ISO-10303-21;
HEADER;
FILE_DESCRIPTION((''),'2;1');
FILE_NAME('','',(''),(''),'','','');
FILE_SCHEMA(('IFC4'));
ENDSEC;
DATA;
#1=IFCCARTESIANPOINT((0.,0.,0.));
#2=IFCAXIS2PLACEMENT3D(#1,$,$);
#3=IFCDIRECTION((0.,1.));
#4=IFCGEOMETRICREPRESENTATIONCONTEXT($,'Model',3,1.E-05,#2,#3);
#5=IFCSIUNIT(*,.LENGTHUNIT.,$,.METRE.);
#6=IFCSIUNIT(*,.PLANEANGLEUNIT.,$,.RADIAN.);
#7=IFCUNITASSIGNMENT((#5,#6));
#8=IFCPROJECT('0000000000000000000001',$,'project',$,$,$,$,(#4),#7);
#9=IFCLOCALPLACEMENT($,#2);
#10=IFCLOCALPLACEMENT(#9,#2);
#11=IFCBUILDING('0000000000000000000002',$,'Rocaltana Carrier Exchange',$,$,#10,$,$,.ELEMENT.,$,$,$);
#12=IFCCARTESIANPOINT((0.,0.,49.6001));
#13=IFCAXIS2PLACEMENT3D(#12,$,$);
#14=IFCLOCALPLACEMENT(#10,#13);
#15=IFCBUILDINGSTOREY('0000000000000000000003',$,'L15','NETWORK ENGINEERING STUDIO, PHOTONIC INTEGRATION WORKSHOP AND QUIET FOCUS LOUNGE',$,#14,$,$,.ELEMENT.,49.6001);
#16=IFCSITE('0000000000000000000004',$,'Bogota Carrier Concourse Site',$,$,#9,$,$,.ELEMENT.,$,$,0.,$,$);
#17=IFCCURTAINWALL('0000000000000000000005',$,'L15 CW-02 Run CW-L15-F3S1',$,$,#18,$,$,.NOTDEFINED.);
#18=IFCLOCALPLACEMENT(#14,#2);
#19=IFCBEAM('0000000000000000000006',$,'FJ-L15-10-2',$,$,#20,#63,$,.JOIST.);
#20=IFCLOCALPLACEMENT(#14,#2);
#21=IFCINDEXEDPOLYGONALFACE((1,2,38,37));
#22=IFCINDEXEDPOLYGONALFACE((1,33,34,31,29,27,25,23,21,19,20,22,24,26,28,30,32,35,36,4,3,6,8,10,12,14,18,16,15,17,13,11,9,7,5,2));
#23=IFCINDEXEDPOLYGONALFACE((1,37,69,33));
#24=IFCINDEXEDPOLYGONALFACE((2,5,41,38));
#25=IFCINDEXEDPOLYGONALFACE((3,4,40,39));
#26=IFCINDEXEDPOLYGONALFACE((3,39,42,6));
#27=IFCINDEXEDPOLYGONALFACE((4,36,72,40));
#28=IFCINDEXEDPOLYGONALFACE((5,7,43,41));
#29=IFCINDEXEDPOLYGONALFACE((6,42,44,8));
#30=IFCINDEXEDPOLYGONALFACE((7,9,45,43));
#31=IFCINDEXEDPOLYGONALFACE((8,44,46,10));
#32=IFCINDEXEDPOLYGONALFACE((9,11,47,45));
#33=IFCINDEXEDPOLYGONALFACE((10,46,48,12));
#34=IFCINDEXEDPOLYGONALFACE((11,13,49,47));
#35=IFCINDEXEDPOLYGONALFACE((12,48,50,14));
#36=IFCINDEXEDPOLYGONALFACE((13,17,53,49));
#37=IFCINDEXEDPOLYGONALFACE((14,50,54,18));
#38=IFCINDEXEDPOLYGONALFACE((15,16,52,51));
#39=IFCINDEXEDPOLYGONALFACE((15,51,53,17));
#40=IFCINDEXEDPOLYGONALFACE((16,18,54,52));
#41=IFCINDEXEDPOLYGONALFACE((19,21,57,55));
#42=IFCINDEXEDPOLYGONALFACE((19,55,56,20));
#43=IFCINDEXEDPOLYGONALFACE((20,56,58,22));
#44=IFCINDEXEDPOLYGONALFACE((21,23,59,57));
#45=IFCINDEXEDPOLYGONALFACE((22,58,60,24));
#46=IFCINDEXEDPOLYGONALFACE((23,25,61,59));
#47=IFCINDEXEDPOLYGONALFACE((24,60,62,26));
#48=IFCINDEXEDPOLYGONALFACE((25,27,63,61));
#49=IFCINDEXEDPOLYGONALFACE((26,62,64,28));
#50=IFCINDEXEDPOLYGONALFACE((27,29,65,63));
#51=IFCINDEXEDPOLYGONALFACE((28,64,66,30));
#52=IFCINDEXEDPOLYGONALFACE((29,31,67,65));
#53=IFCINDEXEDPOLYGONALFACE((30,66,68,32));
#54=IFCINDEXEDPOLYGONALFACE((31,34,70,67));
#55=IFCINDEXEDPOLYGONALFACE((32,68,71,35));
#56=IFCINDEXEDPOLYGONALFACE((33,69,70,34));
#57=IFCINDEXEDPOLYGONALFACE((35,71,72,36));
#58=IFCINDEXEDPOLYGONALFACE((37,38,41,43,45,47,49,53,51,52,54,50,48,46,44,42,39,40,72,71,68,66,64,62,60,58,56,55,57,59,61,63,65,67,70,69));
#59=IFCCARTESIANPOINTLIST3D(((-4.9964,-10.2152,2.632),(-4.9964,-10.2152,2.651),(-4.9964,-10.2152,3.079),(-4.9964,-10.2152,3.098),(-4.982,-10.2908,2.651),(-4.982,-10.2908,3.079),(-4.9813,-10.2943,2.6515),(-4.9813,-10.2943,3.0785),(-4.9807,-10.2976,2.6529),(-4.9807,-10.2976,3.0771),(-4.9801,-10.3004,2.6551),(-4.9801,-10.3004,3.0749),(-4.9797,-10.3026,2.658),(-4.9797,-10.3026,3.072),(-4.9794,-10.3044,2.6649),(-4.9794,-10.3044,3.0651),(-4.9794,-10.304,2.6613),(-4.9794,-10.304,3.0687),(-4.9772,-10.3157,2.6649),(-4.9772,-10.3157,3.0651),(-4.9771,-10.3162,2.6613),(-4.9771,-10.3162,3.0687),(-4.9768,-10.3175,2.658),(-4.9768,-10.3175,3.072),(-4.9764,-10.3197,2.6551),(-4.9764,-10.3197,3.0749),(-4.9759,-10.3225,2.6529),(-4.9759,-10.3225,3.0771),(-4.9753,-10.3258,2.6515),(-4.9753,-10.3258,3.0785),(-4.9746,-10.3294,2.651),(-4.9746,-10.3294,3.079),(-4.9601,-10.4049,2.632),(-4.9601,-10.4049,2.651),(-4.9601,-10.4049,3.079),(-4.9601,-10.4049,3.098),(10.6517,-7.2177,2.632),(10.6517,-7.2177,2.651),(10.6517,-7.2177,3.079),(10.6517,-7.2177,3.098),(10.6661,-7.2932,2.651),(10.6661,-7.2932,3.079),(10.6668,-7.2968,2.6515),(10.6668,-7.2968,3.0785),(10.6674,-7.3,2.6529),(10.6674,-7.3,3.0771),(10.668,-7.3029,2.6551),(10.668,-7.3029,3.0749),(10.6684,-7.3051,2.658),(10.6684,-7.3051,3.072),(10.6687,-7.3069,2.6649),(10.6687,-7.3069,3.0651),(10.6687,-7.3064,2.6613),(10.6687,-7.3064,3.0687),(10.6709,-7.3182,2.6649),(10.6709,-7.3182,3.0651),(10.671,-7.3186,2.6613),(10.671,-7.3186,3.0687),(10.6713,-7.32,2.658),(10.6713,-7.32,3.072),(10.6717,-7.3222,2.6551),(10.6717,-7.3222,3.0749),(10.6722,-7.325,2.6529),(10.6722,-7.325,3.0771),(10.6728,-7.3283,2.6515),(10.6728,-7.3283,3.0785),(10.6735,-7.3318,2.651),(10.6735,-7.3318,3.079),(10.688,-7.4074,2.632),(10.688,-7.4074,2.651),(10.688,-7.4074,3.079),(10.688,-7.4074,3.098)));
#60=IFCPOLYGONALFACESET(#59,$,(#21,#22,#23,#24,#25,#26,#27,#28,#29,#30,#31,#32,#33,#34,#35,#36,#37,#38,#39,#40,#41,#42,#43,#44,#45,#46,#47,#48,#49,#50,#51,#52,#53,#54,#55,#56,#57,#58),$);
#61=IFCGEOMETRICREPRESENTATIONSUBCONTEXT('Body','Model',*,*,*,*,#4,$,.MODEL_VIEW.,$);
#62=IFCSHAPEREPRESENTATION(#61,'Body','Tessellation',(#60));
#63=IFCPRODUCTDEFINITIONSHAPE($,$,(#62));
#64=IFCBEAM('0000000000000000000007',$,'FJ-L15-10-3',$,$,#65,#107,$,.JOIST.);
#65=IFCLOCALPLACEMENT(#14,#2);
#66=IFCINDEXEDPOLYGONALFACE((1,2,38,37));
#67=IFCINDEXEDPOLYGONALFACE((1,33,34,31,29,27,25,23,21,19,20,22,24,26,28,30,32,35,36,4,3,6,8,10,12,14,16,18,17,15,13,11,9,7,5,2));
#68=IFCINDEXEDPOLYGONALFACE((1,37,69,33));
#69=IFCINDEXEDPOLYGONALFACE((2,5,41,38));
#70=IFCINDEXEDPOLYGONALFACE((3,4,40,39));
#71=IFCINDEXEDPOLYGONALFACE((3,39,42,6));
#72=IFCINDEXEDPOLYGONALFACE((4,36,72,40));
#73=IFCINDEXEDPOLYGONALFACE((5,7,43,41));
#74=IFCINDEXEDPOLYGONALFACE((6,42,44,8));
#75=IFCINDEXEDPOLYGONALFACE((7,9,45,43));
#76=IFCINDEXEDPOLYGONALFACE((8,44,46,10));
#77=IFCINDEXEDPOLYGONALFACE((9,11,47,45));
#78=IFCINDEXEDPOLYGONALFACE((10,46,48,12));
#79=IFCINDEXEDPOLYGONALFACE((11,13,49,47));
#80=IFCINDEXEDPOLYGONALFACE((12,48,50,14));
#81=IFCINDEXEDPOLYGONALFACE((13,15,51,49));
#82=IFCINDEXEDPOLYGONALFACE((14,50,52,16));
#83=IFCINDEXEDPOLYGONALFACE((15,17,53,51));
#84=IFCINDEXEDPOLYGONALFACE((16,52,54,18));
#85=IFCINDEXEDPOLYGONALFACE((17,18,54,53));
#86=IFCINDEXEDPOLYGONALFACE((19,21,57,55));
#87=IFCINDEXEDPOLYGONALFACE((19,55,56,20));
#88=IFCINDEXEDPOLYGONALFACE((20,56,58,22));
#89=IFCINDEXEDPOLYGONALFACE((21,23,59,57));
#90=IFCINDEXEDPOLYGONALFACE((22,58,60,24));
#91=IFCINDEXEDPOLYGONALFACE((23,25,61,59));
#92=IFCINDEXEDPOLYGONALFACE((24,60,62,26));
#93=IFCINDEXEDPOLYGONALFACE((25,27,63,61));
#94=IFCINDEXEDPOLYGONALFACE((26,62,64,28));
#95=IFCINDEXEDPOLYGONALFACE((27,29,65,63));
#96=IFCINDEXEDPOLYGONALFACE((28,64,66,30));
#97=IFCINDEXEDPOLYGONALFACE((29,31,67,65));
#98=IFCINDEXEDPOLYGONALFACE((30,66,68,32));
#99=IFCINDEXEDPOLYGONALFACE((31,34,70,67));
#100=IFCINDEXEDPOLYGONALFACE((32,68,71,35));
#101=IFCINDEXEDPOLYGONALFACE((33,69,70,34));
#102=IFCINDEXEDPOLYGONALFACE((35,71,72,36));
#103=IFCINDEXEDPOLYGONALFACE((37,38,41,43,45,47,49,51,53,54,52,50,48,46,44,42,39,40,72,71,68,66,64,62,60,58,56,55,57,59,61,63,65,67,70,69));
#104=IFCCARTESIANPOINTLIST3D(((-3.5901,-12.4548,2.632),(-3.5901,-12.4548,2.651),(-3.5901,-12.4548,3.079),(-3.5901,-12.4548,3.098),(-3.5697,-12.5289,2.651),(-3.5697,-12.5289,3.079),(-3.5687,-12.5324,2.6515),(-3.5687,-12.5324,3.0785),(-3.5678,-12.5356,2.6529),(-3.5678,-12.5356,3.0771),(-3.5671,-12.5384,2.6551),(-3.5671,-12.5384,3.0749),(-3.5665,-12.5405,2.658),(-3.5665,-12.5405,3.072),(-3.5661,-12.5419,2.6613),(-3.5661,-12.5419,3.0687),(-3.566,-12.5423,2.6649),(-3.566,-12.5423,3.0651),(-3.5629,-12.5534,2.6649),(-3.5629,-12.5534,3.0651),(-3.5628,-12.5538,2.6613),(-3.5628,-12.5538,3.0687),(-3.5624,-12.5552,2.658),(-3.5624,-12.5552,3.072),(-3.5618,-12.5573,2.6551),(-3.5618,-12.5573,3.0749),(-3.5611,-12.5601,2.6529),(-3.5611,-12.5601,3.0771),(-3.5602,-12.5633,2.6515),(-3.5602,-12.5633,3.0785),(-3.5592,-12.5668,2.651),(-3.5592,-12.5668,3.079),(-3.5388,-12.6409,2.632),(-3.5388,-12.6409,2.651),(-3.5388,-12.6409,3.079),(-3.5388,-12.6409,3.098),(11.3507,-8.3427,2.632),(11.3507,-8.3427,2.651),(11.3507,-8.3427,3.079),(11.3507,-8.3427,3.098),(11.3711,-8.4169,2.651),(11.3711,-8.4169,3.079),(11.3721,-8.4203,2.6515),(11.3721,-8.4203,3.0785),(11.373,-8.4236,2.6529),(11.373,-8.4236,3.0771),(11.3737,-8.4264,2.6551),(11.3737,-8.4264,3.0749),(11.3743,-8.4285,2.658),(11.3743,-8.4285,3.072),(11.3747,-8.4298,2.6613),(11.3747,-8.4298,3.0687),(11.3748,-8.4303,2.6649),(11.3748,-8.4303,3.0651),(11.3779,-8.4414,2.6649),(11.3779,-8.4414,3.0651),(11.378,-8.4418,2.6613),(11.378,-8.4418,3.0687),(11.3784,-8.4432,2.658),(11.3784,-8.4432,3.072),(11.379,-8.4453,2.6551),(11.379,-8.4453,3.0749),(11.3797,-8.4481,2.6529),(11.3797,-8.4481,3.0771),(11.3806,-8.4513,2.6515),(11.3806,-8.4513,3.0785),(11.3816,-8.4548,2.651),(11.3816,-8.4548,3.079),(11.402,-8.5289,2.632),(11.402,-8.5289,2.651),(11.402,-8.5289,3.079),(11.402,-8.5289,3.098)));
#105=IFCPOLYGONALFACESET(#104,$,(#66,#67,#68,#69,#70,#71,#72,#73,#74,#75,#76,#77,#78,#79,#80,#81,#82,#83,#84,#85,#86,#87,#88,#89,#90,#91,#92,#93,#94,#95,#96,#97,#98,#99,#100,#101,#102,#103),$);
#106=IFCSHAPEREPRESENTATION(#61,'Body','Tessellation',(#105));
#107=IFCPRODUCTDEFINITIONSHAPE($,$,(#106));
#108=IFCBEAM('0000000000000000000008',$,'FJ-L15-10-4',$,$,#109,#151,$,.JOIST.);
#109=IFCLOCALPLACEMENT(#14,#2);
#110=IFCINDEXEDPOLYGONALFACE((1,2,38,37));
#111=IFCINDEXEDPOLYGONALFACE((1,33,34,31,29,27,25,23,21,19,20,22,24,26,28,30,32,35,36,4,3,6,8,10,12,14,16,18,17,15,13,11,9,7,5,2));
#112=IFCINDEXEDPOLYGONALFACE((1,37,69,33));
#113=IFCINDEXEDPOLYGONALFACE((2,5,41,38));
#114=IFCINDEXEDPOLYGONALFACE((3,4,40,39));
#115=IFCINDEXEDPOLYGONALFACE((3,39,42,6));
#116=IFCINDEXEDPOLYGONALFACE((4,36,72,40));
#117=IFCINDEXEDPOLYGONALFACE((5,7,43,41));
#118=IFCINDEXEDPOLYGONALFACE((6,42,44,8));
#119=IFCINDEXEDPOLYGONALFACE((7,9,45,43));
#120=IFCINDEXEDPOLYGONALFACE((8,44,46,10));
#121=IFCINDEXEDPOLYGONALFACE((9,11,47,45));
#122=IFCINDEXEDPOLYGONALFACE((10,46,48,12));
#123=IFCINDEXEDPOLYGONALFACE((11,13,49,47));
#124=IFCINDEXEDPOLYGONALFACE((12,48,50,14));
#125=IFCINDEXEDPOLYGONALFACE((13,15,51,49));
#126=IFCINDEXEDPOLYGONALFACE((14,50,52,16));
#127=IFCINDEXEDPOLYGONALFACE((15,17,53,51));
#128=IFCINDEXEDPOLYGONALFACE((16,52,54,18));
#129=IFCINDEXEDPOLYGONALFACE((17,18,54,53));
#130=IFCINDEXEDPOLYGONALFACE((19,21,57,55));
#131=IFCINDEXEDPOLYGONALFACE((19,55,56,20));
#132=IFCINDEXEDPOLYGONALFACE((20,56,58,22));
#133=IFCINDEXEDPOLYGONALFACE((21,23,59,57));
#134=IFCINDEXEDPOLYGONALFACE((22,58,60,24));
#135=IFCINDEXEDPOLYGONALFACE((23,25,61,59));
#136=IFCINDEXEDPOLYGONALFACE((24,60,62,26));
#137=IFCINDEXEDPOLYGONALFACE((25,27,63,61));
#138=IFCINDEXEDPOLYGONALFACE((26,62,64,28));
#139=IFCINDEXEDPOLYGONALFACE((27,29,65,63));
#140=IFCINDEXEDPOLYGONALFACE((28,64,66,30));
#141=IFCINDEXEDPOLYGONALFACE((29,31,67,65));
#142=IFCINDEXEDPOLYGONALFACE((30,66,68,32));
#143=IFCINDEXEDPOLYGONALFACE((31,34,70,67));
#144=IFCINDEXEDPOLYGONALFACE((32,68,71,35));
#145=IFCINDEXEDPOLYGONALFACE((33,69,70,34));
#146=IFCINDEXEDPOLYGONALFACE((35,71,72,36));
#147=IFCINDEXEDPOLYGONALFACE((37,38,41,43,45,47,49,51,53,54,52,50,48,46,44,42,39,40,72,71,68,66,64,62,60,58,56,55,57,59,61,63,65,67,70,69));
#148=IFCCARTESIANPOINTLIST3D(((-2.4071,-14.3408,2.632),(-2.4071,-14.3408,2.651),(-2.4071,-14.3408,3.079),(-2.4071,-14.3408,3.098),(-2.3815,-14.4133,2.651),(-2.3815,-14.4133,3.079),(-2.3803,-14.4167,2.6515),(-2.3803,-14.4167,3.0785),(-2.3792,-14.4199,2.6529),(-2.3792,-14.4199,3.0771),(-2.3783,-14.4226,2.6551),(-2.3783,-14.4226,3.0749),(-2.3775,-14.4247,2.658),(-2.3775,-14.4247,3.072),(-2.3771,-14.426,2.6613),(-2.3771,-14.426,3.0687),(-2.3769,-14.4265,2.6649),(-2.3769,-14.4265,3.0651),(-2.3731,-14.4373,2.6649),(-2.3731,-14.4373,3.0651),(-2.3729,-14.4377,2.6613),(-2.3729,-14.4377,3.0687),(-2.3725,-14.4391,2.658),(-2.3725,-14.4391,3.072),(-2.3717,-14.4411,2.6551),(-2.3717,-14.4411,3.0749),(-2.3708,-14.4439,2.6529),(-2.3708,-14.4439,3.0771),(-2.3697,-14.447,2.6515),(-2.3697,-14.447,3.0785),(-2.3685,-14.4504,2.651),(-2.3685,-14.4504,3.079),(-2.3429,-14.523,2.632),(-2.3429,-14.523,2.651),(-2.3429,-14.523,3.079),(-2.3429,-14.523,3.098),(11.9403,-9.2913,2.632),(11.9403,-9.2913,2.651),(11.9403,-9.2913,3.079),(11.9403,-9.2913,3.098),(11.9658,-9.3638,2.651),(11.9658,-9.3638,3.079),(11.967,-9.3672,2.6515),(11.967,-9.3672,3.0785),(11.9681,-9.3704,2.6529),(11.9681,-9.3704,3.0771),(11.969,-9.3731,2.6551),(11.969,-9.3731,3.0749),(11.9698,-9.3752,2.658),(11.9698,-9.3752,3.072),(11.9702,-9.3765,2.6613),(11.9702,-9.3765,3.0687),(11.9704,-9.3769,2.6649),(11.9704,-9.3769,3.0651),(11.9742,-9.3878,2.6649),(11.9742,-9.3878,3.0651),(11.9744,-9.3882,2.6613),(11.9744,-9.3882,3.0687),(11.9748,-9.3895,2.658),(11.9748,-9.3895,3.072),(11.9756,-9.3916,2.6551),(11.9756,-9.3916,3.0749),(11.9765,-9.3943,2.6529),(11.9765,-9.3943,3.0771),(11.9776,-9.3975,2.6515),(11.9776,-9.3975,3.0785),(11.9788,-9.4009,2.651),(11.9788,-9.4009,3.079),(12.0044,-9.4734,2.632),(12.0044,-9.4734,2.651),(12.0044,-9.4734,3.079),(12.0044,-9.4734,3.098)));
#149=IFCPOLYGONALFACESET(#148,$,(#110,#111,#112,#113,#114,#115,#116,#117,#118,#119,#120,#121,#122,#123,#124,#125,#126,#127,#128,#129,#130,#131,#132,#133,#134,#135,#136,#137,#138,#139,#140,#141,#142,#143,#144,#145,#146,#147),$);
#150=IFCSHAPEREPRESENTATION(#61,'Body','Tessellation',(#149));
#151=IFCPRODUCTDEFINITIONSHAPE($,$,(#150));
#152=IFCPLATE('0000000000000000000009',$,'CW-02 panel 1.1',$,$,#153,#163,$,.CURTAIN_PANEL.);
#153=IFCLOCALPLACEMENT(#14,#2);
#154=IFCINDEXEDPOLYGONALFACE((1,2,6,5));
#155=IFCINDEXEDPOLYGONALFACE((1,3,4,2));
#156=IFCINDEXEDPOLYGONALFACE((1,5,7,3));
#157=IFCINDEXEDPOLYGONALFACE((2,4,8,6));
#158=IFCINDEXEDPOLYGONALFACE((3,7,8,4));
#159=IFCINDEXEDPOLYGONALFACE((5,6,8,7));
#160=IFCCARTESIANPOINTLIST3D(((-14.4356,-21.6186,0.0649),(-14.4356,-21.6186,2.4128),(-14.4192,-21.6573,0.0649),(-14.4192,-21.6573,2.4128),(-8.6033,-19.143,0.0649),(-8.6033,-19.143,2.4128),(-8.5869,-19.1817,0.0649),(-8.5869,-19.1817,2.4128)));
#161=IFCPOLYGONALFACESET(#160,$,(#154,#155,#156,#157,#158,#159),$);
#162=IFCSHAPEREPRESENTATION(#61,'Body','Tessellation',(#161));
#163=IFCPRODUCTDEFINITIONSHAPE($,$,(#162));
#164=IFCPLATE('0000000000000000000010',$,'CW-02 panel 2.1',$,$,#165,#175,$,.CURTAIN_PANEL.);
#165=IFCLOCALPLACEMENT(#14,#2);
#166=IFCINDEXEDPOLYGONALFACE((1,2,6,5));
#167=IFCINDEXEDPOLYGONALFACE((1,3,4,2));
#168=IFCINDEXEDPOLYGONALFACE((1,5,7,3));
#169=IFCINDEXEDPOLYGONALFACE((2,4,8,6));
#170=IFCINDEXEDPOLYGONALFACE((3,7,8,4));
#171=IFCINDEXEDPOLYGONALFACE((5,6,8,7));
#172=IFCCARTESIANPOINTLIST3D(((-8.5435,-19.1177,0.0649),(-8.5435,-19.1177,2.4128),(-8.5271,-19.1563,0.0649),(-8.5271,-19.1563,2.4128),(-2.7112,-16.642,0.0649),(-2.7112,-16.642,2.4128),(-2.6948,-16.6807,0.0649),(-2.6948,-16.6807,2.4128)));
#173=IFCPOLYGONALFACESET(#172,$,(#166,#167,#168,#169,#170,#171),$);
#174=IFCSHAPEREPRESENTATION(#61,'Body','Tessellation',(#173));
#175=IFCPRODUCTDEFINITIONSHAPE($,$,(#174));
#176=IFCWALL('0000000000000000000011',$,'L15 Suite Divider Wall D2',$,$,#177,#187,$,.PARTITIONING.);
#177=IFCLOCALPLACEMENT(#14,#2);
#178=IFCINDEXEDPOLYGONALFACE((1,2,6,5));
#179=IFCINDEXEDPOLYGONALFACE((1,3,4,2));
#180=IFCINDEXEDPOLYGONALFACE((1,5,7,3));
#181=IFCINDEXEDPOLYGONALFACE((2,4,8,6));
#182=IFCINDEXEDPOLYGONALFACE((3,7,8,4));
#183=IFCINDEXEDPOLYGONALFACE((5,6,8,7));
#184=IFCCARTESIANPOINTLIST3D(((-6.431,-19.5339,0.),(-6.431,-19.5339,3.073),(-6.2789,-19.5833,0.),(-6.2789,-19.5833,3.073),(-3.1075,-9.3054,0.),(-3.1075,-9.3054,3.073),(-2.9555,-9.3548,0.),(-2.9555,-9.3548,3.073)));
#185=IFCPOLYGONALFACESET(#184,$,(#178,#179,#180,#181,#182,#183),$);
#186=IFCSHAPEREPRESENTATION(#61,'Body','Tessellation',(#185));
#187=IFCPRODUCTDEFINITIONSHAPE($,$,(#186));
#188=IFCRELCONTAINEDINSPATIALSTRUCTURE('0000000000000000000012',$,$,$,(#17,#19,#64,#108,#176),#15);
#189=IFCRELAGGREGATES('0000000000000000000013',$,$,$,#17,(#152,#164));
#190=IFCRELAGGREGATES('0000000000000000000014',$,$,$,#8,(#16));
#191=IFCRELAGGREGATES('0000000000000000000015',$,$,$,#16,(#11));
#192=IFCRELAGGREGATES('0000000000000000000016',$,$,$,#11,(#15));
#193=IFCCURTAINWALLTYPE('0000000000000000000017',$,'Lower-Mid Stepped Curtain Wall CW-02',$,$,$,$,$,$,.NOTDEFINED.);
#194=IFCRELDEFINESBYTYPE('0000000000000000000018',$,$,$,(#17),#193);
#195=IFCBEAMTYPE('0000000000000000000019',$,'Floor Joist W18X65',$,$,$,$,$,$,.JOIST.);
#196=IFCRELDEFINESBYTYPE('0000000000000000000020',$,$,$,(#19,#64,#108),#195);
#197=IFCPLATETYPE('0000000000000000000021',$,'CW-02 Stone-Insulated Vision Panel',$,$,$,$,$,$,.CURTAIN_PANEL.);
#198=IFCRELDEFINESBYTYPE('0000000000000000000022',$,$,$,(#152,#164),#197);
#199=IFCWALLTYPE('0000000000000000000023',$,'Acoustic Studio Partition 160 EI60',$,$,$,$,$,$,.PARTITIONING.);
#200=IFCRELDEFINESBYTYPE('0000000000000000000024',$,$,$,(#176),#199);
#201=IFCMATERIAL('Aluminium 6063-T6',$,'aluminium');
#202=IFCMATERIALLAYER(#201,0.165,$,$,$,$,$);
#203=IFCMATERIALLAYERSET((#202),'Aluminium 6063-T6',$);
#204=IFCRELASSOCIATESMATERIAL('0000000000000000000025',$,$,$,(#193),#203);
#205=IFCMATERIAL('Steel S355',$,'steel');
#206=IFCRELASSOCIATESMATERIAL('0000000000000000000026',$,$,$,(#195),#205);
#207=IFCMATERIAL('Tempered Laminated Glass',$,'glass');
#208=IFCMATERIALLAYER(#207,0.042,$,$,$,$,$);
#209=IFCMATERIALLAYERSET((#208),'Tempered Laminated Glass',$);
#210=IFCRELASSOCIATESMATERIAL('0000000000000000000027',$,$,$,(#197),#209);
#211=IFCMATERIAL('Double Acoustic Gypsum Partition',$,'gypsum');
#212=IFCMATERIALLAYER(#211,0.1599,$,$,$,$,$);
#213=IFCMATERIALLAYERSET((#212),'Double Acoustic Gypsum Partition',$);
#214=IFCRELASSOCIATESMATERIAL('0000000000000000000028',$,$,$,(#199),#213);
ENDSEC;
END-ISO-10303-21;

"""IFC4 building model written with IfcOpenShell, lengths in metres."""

from ifc_helpers import new_model, si_unit, direction, frame, frame_2d, origin, origin_2d, place, context, subcontext, project, spatial, rectangle, i_section, extrude, material, layer, layer_set, material_profile, profile_set, type_object, element, aggregate, save


model = new_model("IFC4")

# Units and contexts
model_context = context("Model", 3, precision=1e-05, world=origin(), true_north=direction((0.0, 1.0)))
body_context = subcontext(model_context, "Body", "Model", "MODEL_VIEW")
ifc_project = project(units=[si_unit("LENGTHUNIT", "METRE"), si_unit("PLANEANGLEUNIT", "RADIAN")], contexts=[model_context])

# Site, building, storey
site_placement = place(None, origin())
site = spatial("IfcSite", under=ifc_project, at=site_placement, Name="Bogota Carrier Concourse Site", CompositionType="ELEMENT", RefElevation=0.0)
building_placement = place(site_placement, origin())
building = spatial("IfcBuilding", under=site, at=building_placement, Name="Rocaltana Carrier Exchange", CompositionType="ELEMENT")
storey_placement = place(building_placement, frame((0.0, 0.0, 49.6001)))
storey = spatial("IfcBuildingStorey", under=building, at=storey_placement, Name="L15", Description="NETWORK ENGINEERING STUDIO, PHOTONIC INTEGRATION WORKSHOP AND QUIET FOCUS LOUNGE", CompositionType="ELEMENT", Elevation=49.6001)

# Curtain wall
ifc_material_1 = material(Name="Aluminium 6063-T6", Category="aluminium")
ifc_layer_1 = layer(ifc_material_1, 0.165)
ifc_layer_set_1 = layer_set([ifc_layer_1], Name="Aluminium 6063-T6")
curtain_wall_type = type_object("IfcCurtainWallType", Name="Lower-Mid Stepped Curtain Wall CW-02", PredefinedType="NOTDEFINED", material=ifc_layer_set_1)
curtain_wall_placement = place(storey_placement, origin())
curtain_wall = element("IfcCurtainWall", 1, at=curtain_wall_placement, inside=storey, type_object=curtain_wall_type, Name="L15 CW-02 Run CW-L15-F3S1", PredefinedType="NOTDEFINED")

# Beams
ifc_material_2 = material(Name="Steel S355", Category="steel")
ifc_material_profile_1 = material_profile(ifc_material_2, i_section(OverallWidth=0.1931, OverallDepth=0.4661, WebThickness=0.0115, FlangeThickness=0.019, FilletRadius=0.0139, at=origin_2d()), Name="W18X65")
ifc_profile_set_1 = profile_set([ifc_material_profile_1], Name="Steel S355")
beam_type = type_object("IfcBeamType", Name="Floor Joist W18X65", PredefinedType="JOIST", material=ifc_profile_set_1)
beam_1_placement = place(storey_placement, frame((-4.9783, -10.3101, 2.865), z_axis=(0.982142, 0.188139, 0.0), x_axis=(-0.188139, 0.982142, 0.0)))
element("IfcBeam", 2, at=beam_1_placement, inside=storey, type_object=beam_type, Name="FJ-L15-10-2", PredefinedType="JOIST", context=body_context, shape_type="SweptSolid", body=[
    extrude(i_section(OverallWidth=0.1931, OverallDepth=0.4661, WebThickness=0.0115, FlangeThickness=0.019, FilletRadius=0.0139, at=origin_2d()), origin(), (0.0, 0.0, 1.0), 15.9326),
])
beam_2_placement = place(storey_placement, frame((-3.5645, -12.5479, 2.865), z_axis=(0.964151, 0.265355, 0.0), x_axis=(-0.265355, 0.964151, 0.0)))
element("IfcBeam", 3, at=beam_2_placement, inside=storey, type_object=beam_type, Name="FJ-L15-10-3", PredefinedType="JOIST", context=body_context, shape_type="SweptSolid", body=[
    extrude(i_section(OverallWidth=0.1931, OverallDepth=0.4661, WebThickness=0.0115, FlangeThickness=0.019, FilletRadius=0.0139, at=origin_2d()), origin(), (0.0, 0.0, 1.0), 15.4963),
])
beam_3_placement = place(storey_placement, frame((-2.375, -14.4319, 2.865), z_axis=(0.943284, 0.331988, 0.0), x_axis=(-0.331988, 0.943284, 0.0)))
element("IfcBeam", 4, at=beam_3_placement, inside=storey, type_object=beam_type, Name="FJ-L15-10-4", PredefinedType="JOIST", context=body_context, shape_type="SweptSolid", body=[
    extrude(i_section(OverallWidth=0.1931, OverallDepth=0.4661, WebThickness=0.0115, FlangeThickness=0.019, FilletRadius=0.0139, at=origin_2d()), origin(), (0.0, 0.0, 1.0), 15.21),
])

# Plates
ifc_material_3 = material(Name="Tempered Laminated Glass", Category="glass")
ifc_layer_2 = layer(ifc_material_3, 0.042)
ifc_layer_set_2 = layer_set([ifc_layer_2], Name="Tempered Laminated Glass")
plate_type = type_object("IfcPlateType", Name="CW-02 Stone-Insulated Vision Panel", PredefinedType="CURTAIN_PANEL", material=ifc_layer_set_2)
plate_1_placement = place(storey_placement, frame((-11.5112, -20.4001, 0.0649), z_axis=(0.0, 0.0, 1.0), x_axis=(0.920506, 0.390729, 0.0)))
plate_1 = element("IfcPlate", 5, at=plate_1_placement, type_object=plate_type, Name="CW-02 panel 1.1", PredefinedType="CURTAIN_PANEL", context=body_context, shape_type="SweptSolid", body=[
    extrude(rectangle(XDim=6.3359, YDim=0.042, at=origin_2d()), origin(), (0.0, 0.0, 1.0), 2.3479),
])
plate_2_placement = place(storey_placement, frame((-5.6191, -17.8992, 0.0649), z_axis=(0.0, 0.0, 1.0), x_axis=(0.920506, 0.390729, 0.0)))
plate_2 = element("IfcPlate", 6, at=plate_2_placement, type_object=plate_type, Name="CW-02 panel 2.1", PredefinedType="CURTAIN_PANEL", context=body_context, shape_type="SweptSolid", body=[
    extrude(rectangle(XDim=6.3359, YDim=0.042, at=origin_2d()), origin(), (0.0, 0.0, 1.0), 2.3479),
])
aggregate(curtain_wall, [plate_1, plate_2])

# Wall
ifc_material_4 = material(Name="Double Acoustic Gypsum Partition", Category="gypsum")
ifc_layer_3 = layer(ifc_material_4, 0.1599)
ifc_layer_set_3 = layer_set([ifc_layer_3], Name="Double Acoustic Gypsum Partition")
wall_type_1 = type_object("IfcWallType", Name="Acoustic Studio Partition 160 EI60", PredefinedType="PARTITIONING", material=ifc_layer_set_3)
wall_1_placement = place(storey_placement, frame((-3.0315, -9.3301, 0.0), z_axis=(0.0, 0.0, 1.0), x_axis=(-0.30902, -0.951055, 0.0)))
element("IfcWall", 7, at=wall_1_placement, inside=storey, type_object=wall_type_1, Name="L15 Suite Divider Wall D2", PredefinedType="PARTITIONING", context=body_context, shape_type="SweptSolid", body=[
    extrude(rectangle(XDim=10.7549, YDim=0.1599, at=frame_2d((5.3774, 0.0))), origin(), (0.0, 0.0, 1.0), 3.073),
])

save(model, "model.ifc")
